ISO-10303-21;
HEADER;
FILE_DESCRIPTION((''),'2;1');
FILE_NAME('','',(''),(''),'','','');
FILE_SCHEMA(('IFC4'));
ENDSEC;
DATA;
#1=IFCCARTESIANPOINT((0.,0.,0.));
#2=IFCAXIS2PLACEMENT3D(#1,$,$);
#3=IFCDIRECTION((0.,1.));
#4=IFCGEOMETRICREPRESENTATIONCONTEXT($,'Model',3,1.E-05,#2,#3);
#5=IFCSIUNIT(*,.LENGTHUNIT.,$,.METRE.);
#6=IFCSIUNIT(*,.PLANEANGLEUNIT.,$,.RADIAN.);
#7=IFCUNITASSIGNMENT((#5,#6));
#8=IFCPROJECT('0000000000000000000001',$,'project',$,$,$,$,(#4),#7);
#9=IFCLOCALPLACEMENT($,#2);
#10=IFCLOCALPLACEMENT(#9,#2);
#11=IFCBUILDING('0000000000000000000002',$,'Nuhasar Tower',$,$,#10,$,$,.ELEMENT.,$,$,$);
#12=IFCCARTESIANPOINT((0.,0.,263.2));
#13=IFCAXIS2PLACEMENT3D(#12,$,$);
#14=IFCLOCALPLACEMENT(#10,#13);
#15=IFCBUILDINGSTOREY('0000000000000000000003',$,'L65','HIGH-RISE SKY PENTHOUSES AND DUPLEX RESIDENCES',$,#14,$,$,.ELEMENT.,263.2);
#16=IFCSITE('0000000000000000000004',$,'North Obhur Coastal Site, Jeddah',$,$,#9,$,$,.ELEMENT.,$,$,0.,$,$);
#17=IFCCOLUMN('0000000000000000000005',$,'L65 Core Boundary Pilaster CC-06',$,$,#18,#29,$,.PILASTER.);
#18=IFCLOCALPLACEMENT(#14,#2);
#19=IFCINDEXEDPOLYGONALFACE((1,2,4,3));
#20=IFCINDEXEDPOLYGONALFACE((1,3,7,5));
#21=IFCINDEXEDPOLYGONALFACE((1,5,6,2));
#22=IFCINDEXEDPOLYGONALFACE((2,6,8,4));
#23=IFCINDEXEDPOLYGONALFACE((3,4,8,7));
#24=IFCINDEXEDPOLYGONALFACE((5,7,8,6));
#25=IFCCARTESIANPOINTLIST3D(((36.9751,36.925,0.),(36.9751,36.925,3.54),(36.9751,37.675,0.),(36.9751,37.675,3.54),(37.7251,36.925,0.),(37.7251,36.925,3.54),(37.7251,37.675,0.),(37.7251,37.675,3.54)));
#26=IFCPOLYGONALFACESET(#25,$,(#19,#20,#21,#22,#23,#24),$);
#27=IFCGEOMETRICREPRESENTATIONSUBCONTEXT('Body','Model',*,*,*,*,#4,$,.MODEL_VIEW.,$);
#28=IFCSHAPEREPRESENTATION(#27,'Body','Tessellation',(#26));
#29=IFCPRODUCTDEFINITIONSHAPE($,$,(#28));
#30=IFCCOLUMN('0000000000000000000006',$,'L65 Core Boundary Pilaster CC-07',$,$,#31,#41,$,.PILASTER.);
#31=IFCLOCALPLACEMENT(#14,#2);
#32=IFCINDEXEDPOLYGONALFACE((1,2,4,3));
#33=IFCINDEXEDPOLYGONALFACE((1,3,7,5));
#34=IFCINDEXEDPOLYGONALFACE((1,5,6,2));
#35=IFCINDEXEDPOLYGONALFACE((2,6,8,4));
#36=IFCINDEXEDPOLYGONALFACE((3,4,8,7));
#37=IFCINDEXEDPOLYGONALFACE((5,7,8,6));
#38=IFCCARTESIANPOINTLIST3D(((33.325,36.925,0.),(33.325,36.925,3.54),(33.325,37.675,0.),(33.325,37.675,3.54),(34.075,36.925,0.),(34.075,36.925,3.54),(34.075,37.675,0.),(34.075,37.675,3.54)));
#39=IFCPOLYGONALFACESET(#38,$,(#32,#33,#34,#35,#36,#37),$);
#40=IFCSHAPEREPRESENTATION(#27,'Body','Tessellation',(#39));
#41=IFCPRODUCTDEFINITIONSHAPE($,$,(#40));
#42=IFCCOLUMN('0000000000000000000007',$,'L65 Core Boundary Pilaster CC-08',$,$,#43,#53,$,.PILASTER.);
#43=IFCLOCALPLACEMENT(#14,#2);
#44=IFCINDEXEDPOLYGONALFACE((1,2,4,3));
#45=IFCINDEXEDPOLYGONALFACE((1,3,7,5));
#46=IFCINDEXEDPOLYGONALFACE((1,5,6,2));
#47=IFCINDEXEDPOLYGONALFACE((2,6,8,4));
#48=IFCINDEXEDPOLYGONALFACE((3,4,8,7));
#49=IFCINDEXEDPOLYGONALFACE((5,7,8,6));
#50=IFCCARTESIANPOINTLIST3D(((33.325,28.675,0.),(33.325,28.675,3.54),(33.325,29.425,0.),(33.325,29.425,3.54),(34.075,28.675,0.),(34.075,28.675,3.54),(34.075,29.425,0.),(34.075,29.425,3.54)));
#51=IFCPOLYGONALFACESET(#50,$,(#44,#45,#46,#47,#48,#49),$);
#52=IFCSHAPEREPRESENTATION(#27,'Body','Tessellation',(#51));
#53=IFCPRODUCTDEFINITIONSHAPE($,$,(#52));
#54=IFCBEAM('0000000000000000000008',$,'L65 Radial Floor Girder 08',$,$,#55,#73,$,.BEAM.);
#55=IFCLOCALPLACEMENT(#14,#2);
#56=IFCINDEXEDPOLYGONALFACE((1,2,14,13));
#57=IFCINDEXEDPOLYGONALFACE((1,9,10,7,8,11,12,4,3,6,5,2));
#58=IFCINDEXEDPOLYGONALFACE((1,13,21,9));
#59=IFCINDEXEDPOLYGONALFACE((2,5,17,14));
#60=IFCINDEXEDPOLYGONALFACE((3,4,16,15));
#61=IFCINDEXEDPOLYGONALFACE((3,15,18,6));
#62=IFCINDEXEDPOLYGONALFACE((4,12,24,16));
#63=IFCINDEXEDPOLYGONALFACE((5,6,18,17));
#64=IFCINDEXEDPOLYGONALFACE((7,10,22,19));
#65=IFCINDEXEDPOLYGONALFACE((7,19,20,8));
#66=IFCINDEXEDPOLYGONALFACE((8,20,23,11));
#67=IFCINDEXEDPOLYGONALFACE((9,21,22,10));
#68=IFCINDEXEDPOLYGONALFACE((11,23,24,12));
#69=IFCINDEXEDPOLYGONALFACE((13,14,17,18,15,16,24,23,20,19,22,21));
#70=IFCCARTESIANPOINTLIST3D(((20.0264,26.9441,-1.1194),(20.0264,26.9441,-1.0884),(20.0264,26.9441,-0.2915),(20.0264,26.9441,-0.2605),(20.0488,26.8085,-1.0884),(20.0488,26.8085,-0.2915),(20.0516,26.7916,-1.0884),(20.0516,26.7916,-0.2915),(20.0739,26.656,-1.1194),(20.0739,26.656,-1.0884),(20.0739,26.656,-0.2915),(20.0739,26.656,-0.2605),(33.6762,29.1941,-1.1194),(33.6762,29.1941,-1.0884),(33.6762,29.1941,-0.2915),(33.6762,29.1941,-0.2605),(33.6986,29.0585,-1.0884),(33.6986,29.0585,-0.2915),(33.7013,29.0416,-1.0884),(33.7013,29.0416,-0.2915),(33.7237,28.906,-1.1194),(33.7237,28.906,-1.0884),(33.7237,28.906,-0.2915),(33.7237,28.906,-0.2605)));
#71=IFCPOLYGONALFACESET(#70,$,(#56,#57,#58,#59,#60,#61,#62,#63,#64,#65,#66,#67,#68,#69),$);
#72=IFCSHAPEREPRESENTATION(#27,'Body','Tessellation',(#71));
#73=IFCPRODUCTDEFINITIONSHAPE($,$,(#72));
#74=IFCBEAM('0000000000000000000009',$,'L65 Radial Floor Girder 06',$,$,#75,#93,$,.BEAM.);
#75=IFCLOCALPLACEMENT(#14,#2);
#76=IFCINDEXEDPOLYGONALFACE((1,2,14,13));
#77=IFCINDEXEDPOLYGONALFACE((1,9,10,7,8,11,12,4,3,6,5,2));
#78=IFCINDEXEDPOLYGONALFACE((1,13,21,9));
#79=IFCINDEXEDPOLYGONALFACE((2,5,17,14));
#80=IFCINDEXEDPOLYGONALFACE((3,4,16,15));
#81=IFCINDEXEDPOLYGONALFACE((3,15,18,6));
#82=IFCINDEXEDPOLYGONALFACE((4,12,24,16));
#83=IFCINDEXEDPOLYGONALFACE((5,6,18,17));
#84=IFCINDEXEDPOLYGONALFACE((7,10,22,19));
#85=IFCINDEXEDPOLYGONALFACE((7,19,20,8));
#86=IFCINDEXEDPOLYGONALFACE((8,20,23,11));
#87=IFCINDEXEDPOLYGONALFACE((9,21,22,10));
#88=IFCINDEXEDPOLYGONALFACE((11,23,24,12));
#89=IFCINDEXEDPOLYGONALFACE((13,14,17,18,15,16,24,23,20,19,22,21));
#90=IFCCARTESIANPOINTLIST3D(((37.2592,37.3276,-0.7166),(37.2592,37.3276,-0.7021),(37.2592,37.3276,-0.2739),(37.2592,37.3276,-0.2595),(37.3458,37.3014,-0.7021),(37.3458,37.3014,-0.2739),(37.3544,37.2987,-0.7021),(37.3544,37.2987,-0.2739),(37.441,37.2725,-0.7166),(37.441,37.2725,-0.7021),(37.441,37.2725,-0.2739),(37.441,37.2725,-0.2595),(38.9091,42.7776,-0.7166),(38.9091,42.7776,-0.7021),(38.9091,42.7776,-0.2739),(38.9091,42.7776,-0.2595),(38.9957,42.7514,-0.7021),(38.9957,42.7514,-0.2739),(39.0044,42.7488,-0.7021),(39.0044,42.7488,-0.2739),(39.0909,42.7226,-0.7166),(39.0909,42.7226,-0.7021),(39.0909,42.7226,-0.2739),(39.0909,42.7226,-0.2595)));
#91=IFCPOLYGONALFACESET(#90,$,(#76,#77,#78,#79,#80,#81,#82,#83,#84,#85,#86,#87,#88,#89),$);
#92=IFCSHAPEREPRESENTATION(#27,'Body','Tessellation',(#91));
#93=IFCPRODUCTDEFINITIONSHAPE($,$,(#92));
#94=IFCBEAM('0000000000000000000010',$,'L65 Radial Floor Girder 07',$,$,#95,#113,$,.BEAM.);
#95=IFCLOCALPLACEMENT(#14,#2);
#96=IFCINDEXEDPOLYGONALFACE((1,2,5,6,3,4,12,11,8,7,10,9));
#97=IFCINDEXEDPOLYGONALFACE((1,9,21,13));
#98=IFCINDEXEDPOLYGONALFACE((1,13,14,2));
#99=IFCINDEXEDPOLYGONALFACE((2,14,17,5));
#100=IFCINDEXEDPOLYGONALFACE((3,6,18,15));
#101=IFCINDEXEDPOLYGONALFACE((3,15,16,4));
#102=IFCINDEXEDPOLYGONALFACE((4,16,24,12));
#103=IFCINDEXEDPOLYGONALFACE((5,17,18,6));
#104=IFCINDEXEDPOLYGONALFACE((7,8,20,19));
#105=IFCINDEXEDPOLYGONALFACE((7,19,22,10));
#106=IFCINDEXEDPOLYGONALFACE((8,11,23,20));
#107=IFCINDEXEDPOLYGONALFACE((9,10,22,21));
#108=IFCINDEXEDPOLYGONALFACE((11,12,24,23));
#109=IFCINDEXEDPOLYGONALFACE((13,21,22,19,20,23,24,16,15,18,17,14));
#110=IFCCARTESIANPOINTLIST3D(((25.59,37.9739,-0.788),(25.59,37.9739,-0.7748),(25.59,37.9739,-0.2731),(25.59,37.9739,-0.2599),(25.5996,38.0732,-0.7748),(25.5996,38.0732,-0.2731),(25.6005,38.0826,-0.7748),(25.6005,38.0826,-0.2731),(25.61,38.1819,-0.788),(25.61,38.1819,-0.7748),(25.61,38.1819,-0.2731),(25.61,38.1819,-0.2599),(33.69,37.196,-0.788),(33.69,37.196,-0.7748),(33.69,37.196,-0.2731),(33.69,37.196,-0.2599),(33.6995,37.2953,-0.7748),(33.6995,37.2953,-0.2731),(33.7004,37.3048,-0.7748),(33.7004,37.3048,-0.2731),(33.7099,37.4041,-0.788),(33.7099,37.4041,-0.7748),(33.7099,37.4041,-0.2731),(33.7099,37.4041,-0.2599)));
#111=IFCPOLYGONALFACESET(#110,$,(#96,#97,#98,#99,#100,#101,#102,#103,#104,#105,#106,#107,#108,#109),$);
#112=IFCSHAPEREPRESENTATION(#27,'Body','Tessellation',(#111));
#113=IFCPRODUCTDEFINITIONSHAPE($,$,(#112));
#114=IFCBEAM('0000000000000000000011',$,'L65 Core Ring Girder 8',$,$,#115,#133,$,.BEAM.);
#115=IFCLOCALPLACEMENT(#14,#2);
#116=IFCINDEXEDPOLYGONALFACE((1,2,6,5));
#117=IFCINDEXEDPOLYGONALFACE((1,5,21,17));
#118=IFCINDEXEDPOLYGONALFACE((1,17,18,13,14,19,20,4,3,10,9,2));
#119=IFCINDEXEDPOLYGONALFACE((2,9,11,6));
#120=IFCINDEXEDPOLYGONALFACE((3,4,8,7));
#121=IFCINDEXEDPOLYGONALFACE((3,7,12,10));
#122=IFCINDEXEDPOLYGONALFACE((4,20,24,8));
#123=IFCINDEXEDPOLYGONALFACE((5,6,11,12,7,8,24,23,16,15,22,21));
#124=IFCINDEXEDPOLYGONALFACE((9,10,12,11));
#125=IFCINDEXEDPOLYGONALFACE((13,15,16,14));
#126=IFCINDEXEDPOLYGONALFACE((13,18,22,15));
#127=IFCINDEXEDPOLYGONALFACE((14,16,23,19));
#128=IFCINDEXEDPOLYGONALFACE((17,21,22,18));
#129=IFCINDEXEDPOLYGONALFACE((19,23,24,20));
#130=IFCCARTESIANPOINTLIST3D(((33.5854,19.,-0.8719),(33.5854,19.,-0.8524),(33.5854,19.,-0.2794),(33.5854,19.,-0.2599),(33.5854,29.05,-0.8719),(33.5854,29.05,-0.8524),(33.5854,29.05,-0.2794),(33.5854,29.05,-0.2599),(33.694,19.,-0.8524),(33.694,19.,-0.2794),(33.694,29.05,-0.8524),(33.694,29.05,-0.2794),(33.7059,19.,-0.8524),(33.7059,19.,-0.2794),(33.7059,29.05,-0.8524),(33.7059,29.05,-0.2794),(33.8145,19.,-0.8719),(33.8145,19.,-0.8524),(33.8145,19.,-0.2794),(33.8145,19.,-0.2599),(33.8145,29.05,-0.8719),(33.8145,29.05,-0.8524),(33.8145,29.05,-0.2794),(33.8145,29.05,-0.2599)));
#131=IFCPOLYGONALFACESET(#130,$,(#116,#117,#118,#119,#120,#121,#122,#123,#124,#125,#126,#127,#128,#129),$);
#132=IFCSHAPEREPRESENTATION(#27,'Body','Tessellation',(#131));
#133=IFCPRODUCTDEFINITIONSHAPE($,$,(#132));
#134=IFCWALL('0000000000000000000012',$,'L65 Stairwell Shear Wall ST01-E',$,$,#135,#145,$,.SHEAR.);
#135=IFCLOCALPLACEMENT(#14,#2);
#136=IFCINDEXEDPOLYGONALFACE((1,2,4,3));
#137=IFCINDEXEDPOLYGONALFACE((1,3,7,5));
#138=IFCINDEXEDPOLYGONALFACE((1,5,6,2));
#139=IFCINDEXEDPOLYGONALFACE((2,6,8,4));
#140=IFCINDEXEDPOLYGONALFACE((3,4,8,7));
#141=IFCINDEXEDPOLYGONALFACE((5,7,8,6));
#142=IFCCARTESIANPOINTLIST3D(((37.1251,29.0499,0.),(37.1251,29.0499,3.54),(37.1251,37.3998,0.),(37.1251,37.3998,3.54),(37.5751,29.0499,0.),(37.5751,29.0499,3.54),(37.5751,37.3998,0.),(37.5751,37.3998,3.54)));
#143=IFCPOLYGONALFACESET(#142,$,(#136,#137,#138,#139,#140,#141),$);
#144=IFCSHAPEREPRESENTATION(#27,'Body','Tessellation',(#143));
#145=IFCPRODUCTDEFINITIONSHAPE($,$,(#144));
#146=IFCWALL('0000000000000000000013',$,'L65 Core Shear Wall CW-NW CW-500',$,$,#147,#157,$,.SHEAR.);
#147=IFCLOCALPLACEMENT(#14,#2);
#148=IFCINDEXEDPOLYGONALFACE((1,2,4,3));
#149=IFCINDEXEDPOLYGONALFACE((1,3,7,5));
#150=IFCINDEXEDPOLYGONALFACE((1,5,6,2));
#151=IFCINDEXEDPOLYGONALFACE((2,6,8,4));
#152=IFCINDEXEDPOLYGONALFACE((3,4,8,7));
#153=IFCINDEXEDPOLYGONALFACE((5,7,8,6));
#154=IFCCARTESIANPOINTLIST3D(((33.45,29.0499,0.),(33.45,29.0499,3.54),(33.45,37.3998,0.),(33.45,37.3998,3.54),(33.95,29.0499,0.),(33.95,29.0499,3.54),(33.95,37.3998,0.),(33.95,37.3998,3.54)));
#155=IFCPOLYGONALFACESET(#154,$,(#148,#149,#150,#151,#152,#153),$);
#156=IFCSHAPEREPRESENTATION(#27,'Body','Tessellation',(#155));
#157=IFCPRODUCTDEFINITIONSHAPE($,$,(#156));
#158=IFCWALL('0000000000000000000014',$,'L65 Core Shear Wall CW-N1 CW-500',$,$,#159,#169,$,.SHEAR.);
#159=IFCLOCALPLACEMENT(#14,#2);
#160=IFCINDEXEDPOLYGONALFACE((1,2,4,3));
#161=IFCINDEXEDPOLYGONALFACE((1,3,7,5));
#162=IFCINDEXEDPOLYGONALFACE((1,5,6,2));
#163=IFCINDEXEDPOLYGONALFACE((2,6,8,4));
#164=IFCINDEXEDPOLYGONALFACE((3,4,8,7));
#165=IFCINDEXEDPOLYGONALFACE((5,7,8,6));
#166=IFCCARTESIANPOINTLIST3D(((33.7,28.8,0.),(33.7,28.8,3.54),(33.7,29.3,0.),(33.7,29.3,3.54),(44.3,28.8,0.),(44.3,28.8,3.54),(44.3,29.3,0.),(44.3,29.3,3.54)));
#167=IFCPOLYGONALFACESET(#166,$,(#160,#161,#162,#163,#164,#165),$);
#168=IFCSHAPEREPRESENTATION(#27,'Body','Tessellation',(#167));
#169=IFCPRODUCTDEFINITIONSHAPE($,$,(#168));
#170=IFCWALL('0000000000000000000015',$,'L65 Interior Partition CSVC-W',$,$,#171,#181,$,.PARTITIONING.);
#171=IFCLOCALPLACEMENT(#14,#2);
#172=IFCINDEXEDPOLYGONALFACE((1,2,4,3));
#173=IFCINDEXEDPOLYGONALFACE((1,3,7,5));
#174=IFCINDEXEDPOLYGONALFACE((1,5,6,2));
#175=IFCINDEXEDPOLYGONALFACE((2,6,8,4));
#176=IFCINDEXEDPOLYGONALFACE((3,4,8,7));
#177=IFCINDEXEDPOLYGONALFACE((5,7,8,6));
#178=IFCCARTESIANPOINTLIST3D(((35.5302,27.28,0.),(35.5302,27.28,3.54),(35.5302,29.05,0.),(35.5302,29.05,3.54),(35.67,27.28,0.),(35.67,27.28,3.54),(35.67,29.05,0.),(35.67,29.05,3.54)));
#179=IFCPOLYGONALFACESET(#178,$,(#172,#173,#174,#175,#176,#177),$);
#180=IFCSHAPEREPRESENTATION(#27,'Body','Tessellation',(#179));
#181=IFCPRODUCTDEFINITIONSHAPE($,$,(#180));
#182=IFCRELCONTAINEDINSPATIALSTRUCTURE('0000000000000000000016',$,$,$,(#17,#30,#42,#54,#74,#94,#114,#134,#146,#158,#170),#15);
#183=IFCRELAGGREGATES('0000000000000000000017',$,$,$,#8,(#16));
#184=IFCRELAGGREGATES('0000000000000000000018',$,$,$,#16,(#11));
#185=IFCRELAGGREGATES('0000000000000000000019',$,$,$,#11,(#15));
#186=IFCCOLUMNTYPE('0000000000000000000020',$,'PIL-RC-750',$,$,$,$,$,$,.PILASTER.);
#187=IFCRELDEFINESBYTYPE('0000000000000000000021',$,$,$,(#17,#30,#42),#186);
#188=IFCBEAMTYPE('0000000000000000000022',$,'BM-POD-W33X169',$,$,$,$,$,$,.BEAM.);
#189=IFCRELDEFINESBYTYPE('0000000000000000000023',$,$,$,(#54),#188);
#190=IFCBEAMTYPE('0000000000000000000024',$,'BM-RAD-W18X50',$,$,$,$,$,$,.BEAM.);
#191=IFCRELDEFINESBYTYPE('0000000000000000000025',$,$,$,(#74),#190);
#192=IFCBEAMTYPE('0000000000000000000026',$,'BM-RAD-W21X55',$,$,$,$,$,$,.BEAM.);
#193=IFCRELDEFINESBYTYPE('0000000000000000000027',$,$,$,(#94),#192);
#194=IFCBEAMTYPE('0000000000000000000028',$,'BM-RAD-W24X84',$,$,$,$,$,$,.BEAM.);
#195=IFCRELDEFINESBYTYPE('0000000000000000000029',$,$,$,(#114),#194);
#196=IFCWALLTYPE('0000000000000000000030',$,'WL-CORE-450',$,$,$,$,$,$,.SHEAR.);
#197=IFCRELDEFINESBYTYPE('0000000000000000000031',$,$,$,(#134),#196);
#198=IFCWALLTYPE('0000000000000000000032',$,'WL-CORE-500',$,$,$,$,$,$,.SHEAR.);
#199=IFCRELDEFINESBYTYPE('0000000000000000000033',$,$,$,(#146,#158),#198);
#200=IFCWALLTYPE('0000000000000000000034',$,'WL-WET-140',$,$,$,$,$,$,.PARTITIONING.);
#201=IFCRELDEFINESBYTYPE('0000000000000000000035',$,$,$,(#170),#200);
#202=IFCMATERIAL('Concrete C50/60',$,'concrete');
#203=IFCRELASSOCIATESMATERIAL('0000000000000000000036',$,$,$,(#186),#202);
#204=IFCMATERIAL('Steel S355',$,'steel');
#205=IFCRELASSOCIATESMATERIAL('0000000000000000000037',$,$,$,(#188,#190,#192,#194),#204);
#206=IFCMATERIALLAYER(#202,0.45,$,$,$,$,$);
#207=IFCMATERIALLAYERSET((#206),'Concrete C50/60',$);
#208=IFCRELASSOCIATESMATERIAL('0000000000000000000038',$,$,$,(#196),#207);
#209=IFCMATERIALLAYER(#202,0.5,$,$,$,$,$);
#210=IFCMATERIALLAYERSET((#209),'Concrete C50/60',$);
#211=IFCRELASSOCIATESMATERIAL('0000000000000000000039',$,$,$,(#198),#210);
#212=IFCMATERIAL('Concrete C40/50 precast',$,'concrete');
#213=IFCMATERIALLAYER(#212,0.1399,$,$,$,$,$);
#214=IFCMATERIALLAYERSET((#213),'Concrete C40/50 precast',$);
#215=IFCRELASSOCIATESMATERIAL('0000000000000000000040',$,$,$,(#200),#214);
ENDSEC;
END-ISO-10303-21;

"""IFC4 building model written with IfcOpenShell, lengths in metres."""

from ifc_helpers import new_model, si_unit, direction, frame, frame_2d, origin, origin_2d, place, context, subcontext, project, spatial, rectangle, i_section, extrude, material, layer, layer_set, material_profile, profile_set, type_object, element, save


model = new_model("IFC4")

# Units and contexts
model_context = context("Model", 3, precision=1e-05, world=origin(), true_north=direction((0.0, 1.0)))
body_context = subcontext(model_context, "Body", "Model", "MODEL_VIEW")
ifc_project = project(units=[si_unit("LENGTHUNIT", "METRE"), si_unit("PLANEANGLEUNIT", "RADIAN")], contexts=[model_context])

# Site, building, storey
site_placement = place(None, origin())
site = spatial("IfcSite", under=ifc_project, at=site_placement, Name="North Obhur Coastal Site, Jeddah", CompositionType="ELEMENT", RefElevation=0.0)
building_placement = place(site_placement, origin())
building = spatial("IfcBuilding", under=site, at=building_placement, Name="Nuhasar Tower", CompositionType="ELEMENT")
storey_placement = place(building_placement, frame((0.0, 0.0, 263.2)))
storey = spatial("IfcBuildingStorey", under=building, at=storey_placement, Name="L65", Description="HIGH-RISE SKY PENTHOUSES AND DUPLEX RESIDENCES", CompositionType="ELEMENT", Elevation=263.2)

# Columns
ifc_material_1 = material(Name="Concrete C50/60", Category="concrete")
ifc_material_profile_1 = material_profile(ifc_material_1, rectangle(XDim=0.75, YDim=0.75, at=origin_2d()), Name="RC750X750")
ifc_profile_set_1 = profile_set([ifc_material_profile_1], Name="Concrete C50/60")
column_type = type_object("IfcColumnType", Name="PIL-RC-750", PredefinedType="PILASTER", material=ifc_profile_set_1)
for number, where, z_axis, x_axis, name in (
    (1, (37.3501, 37.3, 0.0), (0.0, 0.0, 1.0), (1.0, 0.0, 0.0), "L65 Core Boundary Pilaster CC-06"),
    (2, (33.7, 37.3, 0.0), (0.0, 0.0, 1.0), (1.0, 0.0, 0.0), "L65 Core Boundary Pilaster CC-07"),
    (3, (33.7, 29.05, 0.0), (0.0, 0.0, 1.0), (1.0, 0.0, 0.0), "L65 Core Boundary Pilaster CC-08"),
):
    element("IfcColumn", number, at=place(storey_placement, frame(where, z_axis=z_axis, x_axis=x_axis)), inside=storey, type_object=column_type, Name=name, PredefinedType="PILASTER", context=body_context, shape_type="SweptSolid", body=[
        extrude(rectangle(XDim=0.75, YDim=0.75, at=origin_2d()), origin(), (0.0, 0.0, 1.0), 3.54),
    ])

# Beams
ifc_material_2 = material(Name="Steel S355", Category="steel")
ifc_material_profile_2 = material_profile(ifc_material_2, i_section(OverallWidth=0.292, OverallDepth=0.8589, WebThickness=0.0171, FlangeThickness=0.031, at=origin_2d()), Name="W33X169")
ifc_profile_set_2 = profile_set([ifc_material_profile_2], Name="Steel S355")
beam_type_1 = type_object("IfcBeamType", Name="BM-POD-W33X169", PredefinedType="BEAM", material=ifc_profile_set_2)
beam_1_placement = place(storey_placement, frame((33.7, 29.05, -0.6899), z_axis=(-0.986685, -0.162642, 0.0), x_axis=(0.162642, -0.986685, 0.0)))
element("IfcBeam", 4, at=beam_1_placement, inside=storey, type_object=beam_type_1, Name="L65 Radial Floor Girder 08", PredefinedType="BEAM", context=body_context, shape_type="SweptSolid", body=[
    extrude(i_section(OverallWidth=0.292, OverallDepth=0.8589, WebThickness=0.0171, FlangeThickness=0.031, at=origin_2d()), origin(), (0.0, 0.0, 1.0), 13.834),
])
ifc_material_profile_3 = material_profile(ifc_material_2, i_section(OverallWidth=0.1899, OverallDepth=0.457, WebThickness=0.009, FlangeThickness=0.0144, at=origin_2d()), Name="W18X50")
ifc_profile_set_3 = profile_set([ifc_material_profile_3], Name="Steel S355")
beam_type_2 = type_object("IfcBeamType", Name="BM-RAD-W18X50", PredefinedType="BEAM", material=ifc_profile_set_3)
beam_2_placement = place(storey_placement, frame((37.3501, 37.3, -0.488), z_axis=(0.28975, 0.957102, 0.0), x_axis=(-0.957102, 0.28975, 0.0)))
element("IfcBeam", 5, at=beam_2_placement, inside=storey, type_object=beam_type_2, Name="L65 Radial Floor Girder 06", PredefinedType="BEAM", context=body_context, shape_type="SweptSolid", body=[
    extrude(i_section(OverallWidth=0.1899, OverallDepth=0.457, WebThickness=0.009, FlangeThickness=0.0144, at=origin_2d()), origin(), (0.0, 0.0, 1.0), 5.6943),
])
ifc_material_profile_4 = material_profile(ifc_material_2, i_section(OverallWidth=0.209, OverallDepth=0.5281, WebThickness=0.0095, FlangeThickness=0.0132, at=origin_2d()), Name="W21X55")
ifc_profile_set_4 = profile_set([ifc_material_profile_4], Name="Steel S355")
beam_type_3 = type_object("IfcBeamType", Name="BM-RAD-W21X55", PredefinedType="BEAM", material=ifc_profile_set_4)
beam_3_placement = place(storey_placement, frame((33.7, 37.3, -0.5239), z_axis=(-0.995421, 0.095591, 0.0), x_axis=(-0.095591, -0.995421, 0.0)))
element("IfcBeam", 6, at=beam_3_placement, inside=storey, type_object=beam_type_3, Name="L65 Radial Floor Girder 07", PredefinedType="BEAM", context=body_context, shape_type="SweptSolid", body=[
    extrude(i_section(OverallWidth=0.209, OverallDepth=0.5281, WebThickness=0.0095, FlangeThickness=0.0132, at=origin_2d()), origin(), (0.0, 0.0, 1.0), 8.1372),
])
ifc_material_profile_5 = material_profile(ifc_material_2, i_section(OverallWidth=0.229, OverallDepth=0.6121, WebThickness=0.012, FlangeThickness=0.0195, at=origin_2d()), Name="W24X84")
ifc_profile_set_5 = profile_set([ifc_material_profile_5], Name="Steel S355")
beam_type_4 = type_object("IfcBeamType", Name="BM-RAD-W24X84", PredefinedType="BEAM", material=ifc_profile_set_5)
beam_4_placement = place(storey_placement, frame((33.7, 29.05, -0.5659), z_axis=(0.0, -1.0, 0.0), x_axis=(1.0, 0.0, 0.0)))
element("IfcBeam", 7, at=beam_4_placement, inside=storey, type_object=beam_type_4, Name="L65 Core Ring Girder 8", PredefinedType="BEAM", context=body_context, shape_type="SweptSolid", body=[
    extrude(i_section(OverallWidth=0.229, OverallDepth=0.6121, WebThickness=0.012, FlangeThickness=0.0195, at=origin_2d()), origin(), (0.0, 0.0, 1.0), 10.05),
])

# Walls
ifc_layer_1 = layer(ifc_material_1, 0.45)
ifc_layer_set_1 = layer_set([ifc_layer_1], Name="Concrete C50/60")
wall_type_1 = type_object("IfcWallType", Name="WL-CORE-450", PredefinedType="SHEAR", material=ifc_layer_set_1)
wall_1_placement = place(storey_placement, frame((37.3501, 29.05, 0.0), z_axis=(0.0, 0.0, 1.0), x_axis=(0.0, 1.0, 0.0)))
element("IfcWall", 8, at=wall_1_placement, inside=storey, type_object=wall_type_1, Name="L65 Stairwell Shear Wall ST01-E", PredefinedType="SHEAR", context=body_context, shape_type="SweptSolid", body=[
    extrude(rectangle(XDim=8.3499, YDim=0.45, at=frame_2d((4.1748, 0.0))), origin(), (0.0, 0.0, 1.0), 3.54),
])
ifc_layer_2 = layer(ifc_material_1, 0.5)
ifc_layer_set_2 = layer_set([ifc_layer_2], Name="Concrete C50/60")
wall_type_2 = type_object("IfcWallType", Name="WL-CORE-500", PredefinedType="SHEAR", material=ifc_layer_set_2)
wall_2_placement = place(storey_placement, frame((33.7, 29.05, 0.0), z_axis=(0.0, 0.0, 1.0), x_axis=(0.0, 1.0, 0.0)))
element("IfcWall", 9, at=wall_2_placement, inside=storey, type_object=wall_type_2, Name="L65 Core Shear Wall CW-NW CW-500", PredefinedType="SHEAR", context=body_context, shape_type="SweptSolid", body=[
    extrude(rectangle(XDim=8.3499, YDim=0.5, at=frame_2d((4.1748, 0.0))), origin(), (0.0, 0.0, 1.0), 3.54),
])
wall_3_placement = place(storey_placement, frame((33.7, 29.05, 0.0), z_axis=(0.0, 0.0, 1.0), x_axis=(1.0, 0.0, 0.0)))
element("IfcWall", 10, at=wall_3_placement, inside=storey, type_object=wall_type_2, Name="L65 Core Shear Wall CW-N1 CW-500", PredefinedType="SHEAR", context=body_context, shape_type="SweptSolid", body=[
    extrude(rectangle(XDim=10.6001, YDim=0.5, at=frame_2d((5.3, 0.0))), origin(), (0.0, 0.0, 1.0), 3.54),
])
ifc_material_3 = material(Name="Concrete C40/50 precast", Category="concrete")
ifc_layer_3 = layer(ifc_material_3, 0.1399)
ifc_layer_set_3 = layer_set([ifc_layer_3], Name="Concrete C40/50 precast")
wall_type_3 = type_object("IfcWallType", Name="WL-WET-140", PredefinedType="PARTITIONING", material=ifc_layer_set_3)
wall_4_placement = place(storey_placement, frame((35.6001, 27.28, 0.0), z_axis=(0.0, 0.0, 1.0), x_axis=(0.0, 1.0, 0.0)))
element("IfcWall", 11, at=wall_4_placement, inside=storey, type_object=wall_type_3, Name="L65 Interior Partition CSVC-W", PredefinedType="PARTITIONING", context=body_context, shape_type="SweptSolid", body=[
    extrude(rectangle(XDim=1.77, YDim=0.1399, at=frame_2d((0.885, 0.0))), origin(), (0.0, 0.0, 1.0), 3.54),
])

save(model, "model.ifc")
